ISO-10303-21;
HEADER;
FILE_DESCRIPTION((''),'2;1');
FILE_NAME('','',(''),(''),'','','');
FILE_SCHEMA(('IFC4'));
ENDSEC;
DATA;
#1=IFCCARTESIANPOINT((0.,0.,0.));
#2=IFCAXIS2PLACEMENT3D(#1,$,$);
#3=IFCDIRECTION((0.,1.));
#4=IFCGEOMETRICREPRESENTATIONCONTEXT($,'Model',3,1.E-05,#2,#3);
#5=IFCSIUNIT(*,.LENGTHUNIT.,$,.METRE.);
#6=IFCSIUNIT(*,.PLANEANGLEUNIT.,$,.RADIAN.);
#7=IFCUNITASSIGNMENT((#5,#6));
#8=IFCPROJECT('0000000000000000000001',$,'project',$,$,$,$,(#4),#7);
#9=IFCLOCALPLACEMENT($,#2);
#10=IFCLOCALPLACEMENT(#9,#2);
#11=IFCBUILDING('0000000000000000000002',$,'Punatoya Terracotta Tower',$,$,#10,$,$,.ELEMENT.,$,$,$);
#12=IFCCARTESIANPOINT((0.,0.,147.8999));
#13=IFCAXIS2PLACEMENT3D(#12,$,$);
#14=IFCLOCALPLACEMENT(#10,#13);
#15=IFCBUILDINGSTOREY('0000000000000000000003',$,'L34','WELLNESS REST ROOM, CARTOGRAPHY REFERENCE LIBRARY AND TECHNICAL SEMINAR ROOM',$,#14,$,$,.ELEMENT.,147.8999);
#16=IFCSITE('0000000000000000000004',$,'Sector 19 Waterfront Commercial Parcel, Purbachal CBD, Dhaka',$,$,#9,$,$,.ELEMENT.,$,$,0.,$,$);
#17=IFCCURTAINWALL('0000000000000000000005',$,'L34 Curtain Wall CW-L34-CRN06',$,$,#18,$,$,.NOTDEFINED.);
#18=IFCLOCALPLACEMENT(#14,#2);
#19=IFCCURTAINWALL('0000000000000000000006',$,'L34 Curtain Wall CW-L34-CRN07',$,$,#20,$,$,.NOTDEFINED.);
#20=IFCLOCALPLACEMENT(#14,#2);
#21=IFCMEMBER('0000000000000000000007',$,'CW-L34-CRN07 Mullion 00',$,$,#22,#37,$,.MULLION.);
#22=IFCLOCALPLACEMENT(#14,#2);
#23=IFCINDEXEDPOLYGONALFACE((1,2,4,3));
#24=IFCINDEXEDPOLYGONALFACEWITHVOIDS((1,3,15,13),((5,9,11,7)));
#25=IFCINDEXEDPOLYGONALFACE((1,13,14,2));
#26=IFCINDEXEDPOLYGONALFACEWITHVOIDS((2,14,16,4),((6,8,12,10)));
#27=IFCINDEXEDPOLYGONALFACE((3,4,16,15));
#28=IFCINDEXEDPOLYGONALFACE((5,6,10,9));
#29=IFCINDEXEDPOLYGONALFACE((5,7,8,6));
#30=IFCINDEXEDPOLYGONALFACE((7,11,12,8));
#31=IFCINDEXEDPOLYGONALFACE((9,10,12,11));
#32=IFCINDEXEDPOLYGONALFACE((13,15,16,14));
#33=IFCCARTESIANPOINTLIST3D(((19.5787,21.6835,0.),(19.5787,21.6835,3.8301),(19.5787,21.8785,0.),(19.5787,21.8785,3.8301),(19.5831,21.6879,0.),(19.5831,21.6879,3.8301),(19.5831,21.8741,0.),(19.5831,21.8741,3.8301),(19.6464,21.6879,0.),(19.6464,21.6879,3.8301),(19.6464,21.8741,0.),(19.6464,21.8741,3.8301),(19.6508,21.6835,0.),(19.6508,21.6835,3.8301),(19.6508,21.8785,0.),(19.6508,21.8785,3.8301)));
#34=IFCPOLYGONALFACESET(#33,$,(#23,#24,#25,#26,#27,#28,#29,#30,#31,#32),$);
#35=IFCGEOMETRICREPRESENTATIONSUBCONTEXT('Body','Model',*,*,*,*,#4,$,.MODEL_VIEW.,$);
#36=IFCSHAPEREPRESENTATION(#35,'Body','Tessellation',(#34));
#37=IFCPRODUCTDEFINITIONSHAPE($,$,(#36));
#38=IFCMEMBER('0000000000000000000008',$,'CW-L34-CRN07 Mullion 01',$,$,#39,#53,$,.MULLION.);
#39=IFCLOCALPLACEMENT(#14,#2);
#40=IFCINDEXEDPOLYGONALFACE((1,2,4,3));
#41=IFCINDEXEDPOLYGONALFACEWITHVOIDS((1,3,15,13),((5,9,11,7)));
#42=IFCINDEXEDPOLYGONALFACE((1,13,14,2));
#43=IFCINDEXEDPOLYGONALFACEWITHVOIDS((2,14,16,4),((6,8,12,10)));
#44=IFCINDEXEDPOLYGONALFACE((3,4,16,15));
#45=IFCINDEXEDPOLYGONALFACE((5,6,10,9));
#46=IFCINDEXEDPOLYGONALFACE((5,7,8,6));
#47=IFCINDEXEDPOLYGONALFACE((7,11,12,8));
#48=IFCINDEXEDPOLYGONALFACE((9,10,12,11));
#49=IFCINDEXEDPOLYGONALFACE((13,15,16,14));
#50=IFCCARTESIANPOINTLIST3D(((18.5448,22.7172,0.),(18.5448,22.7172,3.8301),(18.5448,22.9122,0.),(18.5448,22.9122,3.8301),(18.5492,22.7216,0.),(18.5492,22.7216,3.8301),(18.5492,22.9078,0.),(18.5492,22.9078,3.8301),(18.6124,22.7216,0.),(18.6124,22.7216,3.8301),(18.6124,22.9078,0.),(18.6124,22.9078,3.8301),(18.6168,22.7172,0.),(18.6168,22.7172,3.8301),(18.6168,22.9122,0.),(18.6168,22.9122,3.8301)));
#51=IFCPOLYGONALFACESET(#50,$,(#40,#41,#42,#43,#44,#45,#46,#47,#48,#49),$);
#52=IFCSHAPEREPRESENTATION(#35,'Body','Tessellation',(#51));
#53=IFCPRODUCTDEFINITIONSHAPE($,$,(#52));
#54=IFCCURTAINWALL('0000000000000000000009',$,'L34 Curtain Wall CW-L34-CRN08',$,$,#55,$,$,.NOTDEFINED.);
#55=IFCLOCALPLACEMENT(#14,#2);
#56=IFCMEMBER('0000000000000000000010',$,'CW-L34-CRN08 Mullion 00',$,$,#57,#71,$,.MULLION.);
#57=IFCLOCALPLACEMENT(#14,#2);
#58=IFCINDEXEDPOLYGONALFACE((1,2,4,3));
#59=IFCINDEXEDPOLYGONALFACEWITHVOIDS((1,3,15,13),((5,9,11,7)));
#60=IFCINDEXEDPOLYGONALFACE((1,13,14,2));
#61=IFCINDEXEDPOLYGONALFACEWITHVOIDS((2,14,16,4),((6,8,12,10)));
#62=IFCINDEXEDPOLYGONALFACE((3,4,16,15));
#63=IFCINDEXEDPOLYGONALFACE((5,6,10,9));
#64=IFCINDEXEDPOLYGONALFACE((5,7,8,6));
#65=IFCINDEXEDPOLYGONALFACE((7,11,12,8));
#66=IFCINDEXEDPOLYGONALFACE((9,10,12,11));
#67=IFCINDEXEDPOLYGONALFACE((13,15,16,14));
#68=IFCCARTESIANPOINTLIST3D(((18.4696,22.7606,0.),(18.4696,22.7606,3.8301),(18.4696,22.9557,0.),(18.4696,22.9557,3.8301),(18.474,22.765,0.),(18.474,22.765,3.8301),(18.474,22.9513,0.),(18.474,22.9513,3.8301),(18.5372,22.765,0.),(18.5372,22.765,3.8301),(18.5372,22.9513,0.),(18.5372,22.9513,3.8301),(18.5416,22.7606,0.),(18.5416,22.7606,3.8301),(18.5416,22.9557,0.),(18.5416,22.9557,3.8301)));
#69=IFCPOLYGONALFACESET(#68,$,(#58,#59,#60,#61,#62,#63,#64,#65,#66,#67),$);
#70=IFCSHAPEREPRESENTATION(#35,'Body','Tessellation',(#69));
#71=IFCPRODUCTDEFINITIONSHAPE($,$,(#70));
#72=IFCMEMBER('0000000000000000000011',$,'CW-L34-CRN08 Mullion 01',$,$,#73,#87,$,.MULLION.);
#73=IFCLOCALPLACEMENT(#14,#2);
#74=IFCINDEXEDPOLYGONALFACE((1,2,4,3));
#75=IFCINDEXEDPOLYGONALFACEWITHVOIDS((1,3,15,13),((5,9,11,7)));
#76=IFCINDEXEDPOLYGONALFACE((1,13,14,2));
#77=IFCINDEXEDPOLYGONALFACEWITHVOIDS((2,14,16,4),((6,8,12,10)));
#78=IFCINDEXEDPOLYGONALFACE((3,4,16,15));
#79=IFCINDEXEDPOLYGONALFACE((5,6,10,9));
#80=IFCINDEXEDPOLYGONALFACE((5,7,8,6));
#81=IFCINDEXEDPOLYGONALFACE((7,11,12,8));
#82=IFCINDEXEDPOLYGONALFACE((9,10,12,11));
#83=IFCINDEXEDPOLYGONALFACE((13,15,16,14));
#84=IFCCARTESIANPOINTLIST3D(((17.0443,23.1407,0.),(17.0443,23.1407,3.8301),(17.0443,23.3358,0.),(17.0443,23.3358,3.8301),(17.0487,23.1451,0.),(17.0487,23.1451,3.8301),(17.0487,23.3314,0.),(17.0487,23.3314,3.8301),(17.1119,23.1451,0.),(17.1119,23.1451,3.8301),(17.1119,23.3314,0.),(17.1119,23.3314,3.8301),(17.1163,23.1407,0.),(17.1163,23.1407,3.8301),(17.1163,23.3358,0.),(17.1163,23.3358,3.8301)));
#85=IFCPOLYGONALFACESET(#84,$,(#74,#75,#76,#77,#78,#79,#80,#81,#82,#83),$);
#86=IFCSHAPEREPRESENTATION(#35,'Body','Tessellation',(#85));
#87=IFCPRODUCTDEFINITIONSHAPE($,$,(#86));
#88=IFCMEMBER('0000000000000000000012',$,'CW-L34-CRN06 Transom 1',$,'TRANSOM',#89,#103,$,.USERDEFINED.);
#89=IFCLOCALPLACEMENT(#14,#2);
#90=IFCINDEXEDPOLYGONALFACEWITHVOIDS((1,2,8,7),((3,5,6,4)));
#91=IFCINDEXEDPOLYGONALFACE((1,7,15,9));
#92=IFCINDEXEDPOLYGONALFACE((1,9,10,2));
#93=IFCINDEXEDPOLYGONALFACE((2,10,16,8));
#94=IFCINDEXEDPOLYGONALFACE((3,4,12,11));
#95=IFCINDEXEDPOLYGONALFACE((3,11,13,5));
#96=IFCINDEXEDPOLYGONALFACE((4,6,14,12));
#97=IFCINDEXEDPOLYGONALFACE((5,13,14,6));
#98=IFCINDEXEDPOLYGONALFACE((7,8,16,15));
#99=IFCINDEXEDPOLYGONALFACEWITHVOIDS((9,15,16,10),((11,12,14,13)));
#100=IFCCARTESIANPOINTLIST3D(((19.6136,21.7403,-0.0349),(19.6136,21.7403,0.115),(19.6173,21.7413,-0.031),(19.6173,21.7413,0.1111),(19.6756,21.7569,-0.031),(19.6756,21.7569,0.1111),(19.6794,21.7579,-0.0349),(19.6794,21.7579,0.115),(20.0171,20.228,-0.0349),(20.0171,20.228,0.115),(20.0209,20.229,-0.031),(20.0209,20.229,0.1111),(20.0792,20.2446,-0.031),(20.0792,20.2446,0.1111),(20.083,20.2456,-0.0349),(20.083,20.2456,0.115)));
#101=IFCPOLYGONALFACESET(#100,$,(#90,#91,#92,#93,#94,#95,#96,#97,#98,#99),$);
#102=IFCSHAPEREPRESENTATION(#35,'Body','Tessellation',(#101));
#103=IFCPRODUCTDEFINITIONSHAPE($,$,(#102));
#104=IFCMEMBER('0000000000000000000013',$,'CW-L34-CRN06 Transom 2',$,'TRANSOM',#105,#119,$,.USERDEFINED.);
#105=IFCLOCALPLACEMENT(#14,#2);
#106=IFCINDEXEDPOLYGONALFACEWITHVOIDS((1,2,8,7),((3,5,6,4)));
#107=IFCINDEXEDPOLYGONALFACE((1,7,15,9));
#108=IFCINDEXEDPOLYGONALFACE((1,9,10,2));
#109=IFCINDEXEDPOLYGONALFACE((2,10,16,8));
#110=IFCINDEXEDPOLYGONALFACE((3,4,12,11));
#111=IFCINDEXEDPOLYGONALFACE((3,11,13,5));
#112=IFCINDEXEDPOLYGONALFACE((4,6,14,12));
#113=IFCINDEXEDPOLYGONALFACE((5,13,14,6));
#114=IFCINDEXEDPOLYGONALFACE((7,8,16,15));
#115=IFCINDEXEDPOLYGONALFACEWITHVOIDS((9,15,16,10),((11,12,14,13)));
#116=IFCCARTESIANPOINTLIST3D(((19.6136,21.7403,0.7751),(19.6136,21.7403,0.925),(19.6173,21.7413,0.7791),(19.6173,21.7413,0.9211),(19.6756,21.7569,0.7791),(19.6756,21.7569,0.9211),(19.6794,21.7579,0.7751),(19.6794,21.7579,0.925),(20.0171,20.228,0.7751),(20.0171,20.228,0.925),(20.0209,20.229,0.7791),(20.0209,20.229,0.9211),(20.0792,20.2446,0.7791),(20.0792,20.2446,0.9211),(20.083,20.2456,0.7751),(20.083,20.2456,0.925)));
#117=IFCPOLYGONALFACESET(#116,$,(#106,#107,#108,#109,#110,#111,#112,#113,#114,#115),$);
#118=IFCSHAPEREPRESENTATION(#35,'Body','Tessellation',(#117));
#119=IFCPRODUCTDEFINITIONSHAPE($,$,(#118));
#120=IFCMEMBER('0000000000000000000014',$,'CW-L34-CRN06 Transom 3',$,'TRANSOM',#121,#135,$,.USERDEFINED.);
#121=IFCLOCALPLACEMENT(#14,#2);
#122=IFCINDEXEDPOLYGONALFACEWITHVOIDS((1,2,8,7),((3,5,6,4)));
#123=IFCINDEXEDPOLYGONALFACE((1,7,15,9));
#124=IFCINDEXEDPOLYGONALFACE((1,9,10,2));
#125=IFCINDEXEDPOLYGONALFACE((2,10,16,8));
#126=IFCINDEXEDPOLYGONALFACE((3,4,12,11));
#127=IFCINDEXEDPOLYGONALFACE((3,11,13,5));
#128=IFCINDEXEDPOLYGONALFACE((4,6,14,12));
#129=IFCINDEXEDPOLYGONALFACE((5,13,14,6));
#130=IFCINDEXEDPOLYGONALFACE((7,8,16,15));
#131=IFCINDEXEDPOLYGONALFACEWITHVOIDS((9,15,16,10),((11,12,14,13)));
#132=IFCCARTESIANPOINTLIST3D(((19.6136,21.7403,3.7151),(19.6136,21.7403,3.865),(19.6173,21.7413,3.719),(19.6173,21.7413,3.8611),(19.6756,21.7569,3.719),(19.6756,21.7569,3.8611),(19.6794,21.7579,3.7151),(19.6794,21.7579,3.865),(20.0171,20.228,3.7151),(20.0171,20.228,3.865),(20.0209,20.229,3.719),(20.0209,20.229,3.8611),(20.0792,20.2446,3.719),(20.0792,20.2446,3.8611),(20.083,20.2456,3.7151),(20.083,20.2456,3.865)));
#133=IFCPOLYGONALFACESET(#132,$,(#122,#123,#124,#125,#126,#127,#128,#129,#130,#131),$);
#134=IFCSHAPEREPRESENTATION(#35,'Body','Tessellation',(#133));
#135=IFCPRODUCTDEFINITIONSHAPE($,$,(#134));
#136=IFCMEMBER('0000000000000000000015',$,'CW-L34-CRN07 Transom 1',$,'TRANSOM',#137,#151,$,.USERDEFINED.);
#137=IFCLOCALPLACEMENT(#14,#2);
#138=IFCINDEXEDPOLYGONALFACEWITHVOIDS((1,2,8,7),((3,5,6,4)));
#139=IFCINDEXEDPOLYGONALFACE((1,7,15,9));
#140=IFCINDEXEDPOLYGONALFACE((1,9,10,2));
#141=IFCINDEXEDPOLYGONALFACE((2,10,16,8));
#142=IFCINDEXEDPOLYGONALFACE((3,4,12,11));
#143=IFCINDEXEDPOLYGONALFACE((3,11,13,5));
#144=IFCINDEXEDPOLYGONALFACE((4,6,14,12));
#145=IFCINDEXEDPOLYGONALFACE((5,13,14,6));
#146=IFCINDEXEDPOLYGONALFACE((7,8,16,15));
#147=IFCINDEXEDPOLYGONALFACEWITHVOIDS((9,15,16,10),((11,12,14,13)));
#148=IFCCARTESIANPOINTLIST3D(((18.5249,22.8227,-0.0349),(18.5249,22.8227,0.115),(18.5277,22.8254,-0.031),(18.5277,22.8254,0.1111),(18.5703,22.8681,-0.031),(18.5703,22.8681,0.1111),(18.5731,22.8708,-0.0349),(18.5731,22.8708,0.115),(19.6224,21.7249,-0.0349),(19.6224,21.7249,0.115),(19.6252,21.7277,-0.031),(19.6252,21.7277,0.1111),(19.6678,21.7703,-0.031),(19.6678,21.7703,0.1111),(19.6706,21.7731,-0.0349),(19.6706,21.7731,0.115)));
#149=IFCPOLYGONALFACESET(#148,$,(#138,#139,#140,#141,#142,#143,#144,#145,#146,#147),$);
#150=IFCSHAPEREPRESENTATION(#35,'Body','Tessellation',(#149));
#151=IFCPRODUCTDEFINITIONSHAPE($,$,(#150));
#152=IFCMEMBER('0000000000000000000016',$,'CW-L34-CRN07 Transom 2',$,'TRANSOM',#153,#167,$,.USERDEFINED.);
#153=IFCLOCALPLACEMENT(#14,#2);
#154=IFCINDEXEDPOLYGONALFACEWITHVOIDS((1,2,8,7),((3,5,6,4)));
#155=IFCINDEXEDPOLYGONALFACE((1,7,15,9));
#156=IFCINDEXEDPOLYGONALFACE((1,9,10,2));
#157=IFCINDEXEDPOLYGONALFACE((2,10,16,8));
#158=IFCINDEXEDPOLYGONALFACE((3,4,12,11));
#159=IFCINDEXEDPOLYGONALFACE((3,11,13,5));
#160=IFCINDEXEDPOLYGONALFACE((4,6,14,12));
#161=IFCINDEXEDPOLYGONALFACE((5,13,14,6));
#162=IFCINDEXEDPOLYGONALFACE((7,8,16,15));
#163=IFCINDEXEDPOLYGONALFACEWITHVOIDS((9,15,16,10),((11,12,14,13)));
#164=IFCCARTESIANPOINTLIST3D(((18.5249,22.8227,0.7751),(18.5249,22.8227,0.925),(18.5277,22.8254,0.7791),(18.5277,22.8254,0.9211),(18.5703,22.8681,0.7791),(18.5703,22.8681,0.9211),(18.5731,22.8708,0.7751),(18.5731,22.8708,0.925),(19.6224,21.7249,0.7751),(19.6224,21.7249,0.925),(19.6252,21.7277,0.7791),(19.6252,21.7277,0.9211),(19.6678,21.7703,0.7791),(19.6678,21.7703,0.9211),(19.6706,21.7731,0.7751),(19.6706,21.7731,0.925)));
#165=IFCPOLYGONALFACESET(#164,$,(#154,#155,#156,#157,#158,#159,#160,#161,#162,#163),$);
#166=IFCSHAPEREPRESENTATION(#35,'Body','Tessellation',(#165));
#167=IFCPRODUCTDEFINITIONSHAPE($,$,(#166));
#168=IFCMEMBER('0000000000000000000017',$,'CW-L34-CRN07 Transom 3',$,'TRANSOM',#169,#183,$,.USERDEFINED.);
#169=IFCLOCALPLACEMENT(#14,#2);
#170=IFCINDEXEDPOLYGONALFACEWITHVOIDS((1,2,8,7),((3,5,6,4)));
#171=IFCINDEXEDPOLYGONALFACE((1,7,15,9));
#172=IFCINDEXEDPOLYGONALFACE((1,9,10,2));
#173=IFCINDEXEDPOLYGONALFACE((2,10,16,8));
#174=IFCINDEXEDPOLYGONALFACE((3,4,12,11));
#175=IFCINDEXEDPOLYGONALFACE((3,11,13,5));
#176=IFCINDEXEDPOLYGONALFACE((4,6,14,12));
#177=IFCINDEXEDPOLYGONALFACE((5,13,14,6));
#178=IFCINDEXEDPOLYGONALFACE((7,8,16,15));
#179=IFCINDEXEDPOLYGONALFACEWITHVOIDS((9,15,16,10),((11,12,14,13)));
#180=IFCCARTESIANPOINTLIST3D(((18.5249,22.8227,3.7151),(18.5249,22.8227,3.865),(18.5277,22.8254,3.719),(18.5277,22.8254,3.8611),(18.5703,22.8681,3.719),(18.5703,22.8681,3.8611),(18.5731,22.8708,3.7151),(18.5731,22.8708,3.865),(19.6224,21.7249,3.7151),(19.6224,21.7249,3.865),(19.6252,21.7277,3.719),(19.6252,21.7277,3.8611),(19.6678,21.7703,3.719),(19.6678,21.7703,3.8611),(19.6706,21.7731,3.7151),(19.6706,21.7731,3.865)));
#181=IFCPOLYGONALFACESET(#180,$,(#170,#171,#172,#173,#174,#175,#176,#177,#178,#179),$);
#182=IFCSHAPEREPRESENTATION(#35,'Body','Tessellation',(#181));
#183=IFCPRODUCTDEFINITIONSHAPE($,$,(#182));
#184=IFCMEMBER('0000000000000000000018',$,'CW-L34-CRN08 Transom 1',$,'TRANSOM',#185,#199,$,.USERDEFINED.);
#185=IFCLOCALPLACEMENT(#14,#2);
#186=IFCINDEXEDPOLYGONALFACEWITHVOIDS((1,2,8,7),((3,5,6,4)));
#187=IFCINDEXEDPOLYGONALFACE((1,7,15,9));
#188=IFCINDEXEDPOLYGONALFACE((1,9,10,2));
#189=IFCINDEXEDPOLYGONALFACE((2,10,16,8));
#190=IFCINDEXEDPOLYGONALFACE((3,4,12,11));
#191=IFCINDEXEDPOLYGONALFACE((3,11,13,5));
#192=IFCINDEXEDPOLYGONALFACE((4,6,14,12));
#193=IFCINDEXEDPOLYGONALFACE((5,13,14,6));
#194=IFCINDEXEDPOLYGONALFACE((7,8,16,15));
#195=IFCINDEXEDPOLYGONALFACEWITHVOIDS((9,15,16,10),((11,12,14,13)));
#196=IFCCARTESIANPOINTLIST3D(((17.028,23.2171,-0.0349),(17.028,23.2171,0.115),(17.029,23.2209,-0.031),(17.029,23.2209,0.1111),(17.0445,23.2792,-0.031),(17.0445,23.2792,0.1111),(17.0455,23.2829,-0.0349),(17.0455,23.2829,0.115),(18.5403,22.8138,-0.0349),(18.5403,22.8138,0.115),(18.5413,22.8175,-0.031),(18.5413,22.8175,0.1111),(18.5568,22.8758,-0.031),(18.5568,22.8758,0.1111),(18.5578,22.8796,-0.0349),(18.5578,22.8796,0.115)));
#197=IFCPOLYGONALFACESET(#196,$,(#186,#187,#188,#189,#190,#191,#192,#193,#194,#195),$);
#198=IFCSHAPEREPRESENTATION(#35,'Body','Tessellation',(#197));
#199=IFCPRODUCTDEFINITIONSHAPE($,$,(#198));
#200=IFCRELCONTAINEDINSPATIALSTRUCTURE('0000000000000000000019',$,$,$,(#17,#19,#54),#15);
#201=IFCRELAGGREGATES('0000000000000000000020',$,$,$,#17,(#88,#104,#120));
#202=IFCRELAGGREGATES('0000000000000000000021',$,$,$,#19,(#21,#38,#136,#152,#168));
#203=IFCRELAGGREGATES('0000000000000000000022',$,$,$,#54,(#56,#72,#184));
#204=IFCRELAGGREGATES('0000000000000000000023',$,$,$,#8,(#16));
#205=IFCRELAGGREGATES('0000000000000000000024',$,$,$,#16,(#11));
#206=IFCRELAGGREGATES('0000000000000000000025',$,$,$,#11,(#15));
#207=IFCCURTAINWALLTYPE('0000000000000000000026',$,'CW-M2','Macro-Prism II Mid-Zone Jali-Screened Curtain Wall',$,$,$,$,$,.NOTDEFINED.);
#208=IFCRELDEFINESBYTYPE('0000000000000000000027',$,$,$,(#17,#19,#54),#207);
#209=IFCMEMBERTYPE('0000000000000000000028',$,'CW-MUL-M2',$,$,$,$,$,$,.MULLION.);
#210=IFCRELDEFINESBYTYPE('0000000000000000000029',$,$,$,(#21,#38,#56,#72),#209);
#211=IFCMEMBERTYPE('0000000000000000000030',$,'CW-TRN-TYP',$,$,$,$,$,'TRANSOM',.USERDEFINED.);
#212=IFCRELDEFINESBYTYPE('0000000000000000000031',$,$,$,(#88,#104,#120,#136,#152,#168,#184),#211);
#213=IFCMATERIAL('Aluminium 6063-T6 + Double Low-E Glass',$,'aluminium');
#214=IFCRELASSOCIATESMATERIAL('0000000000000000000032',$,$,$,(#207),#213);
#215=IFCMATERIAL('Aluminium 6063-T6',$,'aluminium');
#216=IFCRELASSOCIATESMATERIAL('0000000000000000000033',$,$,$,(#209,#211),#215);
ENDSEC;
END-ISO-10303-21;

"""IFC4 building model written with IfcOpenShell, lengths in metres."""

from ifc_helpers import new_model, si_unit, direction, frame, origin, origin_2d, place, context, subcontext, project, spatial, hollow_rectangle, extrude, material, material_profile, profile_set, type_object, element, aggregate, save


model = new_model("IFC4")

# Units and contexts
model_context = context("Model", 3, precision=1e-05, world=origin(), true_north=direction((0.0, 1.0)))
body_context = subcontext(model_context, "Body", "Model", "MODEL_VIEW")
ifc_project = project(units=[si_unit("LENGTHUNIT", "METRE"), si_unit("PLANEANGLEUNIT", "RADIAN")], contexts=[model_context])

# Site, building, storey
site_placement = place(None, origin())
site = spatial("IfcSite", under=ifc_project, at=site_placement, Name="Sector 19 Waterfront Commercial Parcel, Purbachal CBD, Dhaka", CompositionType="ELEMENT", RefElevation=0.0)
building_placement = place(site_placement, origin())
building = spatial("IfcBuilding", under=site, at=building_placement, Name="Punatoya Terracotta Tower", CompositionType="ELEMENT")
storey_placement = place(building_placement, frame((0.0, 0.0, 147.8999)))
storey = spatial("IfcBuildingStorey", under=building, at=storey_placement, Name="L34", Description="WELLNESS REST ROOM, CARTOGRAPHY REFERENCE LIBRARY AND TECHNICAL SEMINAR ROOM", CompositionType="ELEMENT", Elevation=147.8999)

# Curtain walls, members
ifc_material_1 = material(Name="Aluminium 6063-T6 + Double Low-E Glass", Category="aluminium")
curtain_wall_type = type_object("IfcCurtainWallType", Name="CW-M2", Description="Macro-Prism II Mid-Zone Jali-Screened Curtain Wall", PredefinedType="NOTDEFINED", material=ifc_material_1)
ifc_material_2 = material(Name="Aluminium 6063-T6", Category="aluminium")
ifc_material_profile_1 = material_profile(ifc_material_2, hollow_rectangle(XDim=0.072, YDim=0.1951, WallThickness=0.0044, at=origin_2d()))
ifc_profile_set_1 = profile_set([ifc_material_profile_1], Name="Aluminium 6063-T6")
member_type_1 = type_object("IfcMemberType", Name="CW-MUL-M2", PredefinedType="MULLION", material=ifc_profile_set_1)
curtain_wall_1_placement = place(storey_placement, origin())
curtain_wall_1 = element("IfcCurtainWall", 1, at=curtain_wall_1_placement, inside=storey, type_object=curtain_wall_type, Name="L34 Curtain Wall CW-L34-CRN06", PredefinedType="NOTDEFINED")
curtain_wall_2_placement = place(storey_placement, origin())
curtain_wall_2 = element("IfcCurtainWall", 2, at=curtain_wall_2_placement, inside=storey, type_object=curtain_wall_type, Name="L34 Curtain Wall CW-L34-CRN07", PredefinedType="NOTDEFINED")
member_1_placement = place(storey_placement, frame((19.6147, 21.781, 0.0), z_axis=(0.0, 0.0, 1.0), x_axis=(1.0, 0.0, 0.0)))
member_1 = element("IfcMember", 3, at=member_1_placement, type_object=member_type_1, Name="CW-L34-CRN07 Mullion 00", PredefinedType="MULLION", context=body_context, shape_type="SweptSolid", body=[
    extrude(hollow_rectangle(XDim=0.072, YDim=0.1951, WallThickness=0.0044, at=origin_2d()), origin(), (0.0, 0.0, 1.0), 3.8301),
])
member_2_placement = place(storey_placement, frame((18.5808, 22.8147, 0.0), z_axis=(0.0, 0.0, 1.0), x_axis=(1.0, 0.0, 0.0)))
member_2 = element("IfcMember", 4, at=member_2_placement, type_object=member_type_1, Name="CW-L34-CRN07 Mullion 01", PredefinedType="MULLION", context=body_context, shape_type="SweptSolid", body=[
    extrude(hollow_rectangle(XDim=0.072, YDim=0.1951, WallThickness=0.0044, at=origin_2d()), origin(), (0.0, 0.0, 1.0), 3.8301),
])
curtain_wall_3_placement = place(storey_placement, origin())
curtain_wall_3 = element("IfcCurtainWall", 5, at=curtain_wall_3_placement, inside=storey, type_object=curtain_wall_type, Name="L34 Curtain Wall CW-L34-CRN08", PredefinedType="NOTDEFINED")
member_3_placement = place(storey_placement, frame((18.5056, 22.8582, 0.0), z_axis=(0.0, 0.0, 1.0), x_axis=(1.0, 0.0, 0.0)))
member_3 = element("IfcMember", 6, at=member_3_placement, type_object=member_type_1, Name="CW-L34-CRN08 Mullion 00", PredefinedType="MULLION", context=body_context, shape_type="SweptSolid", body=[
    extrude(hollow_rectangle(XDim=0.072, YDim=0.1951, WallThickness=0.0044, at=origin_2d()), origin(), (0.0, 0.0, 1.0), 3.8301),
])
member_4_placement = place(storey_placement, frame((17.0803, 23.2383, 0.0), z_axis=(0.0, 0.0, 1.0), x_axis=(1.0, 0.0, 0.0)))
member_4 = element("IfcMember", 7, at=member_4_placement, type_object=member_type_1, Name="CW-L34-CRN08 Mullion 01", PredefinedType="MULLION", context=body_context, shape_type="SweptSolid", body=[
    extrude(hollow_rectangle(XDim=0.072, YDim=0.1951, WallThickness=0.0044, at=origin_2d()), origin(), (0.0, 0.0, 1.0), 3.8301),
])

# Members
ifc_material_profile_2 = material_profile(ifc_material_2, hollow_rectangle(XDim=0.0681, YDim=0.1499, WallThickness=0.0039, at=origin_2d()))
ifc_profile_set_2 = profile_set([ifc_material_profile_2], Name="Aluminium 6063-T6")
member_type_2 = type_object("IfcMemberType", Name="CW-TRN-TYP", ElementType="TRANSOM", PredefinedType="USERDEFINED", material=ifc_profile_set_2)
member_5_placement = place(storey_placement, frame((20.05, 20.2368, 0.04), z_axis=(-0.257847, 0.966186, 0.0), x_axis=(-0.966186, -0.257847, 0.0)))
member_5 = element("IfcMember", 8, at=member_5_placement, type_object=member_type_2, Name="CW-L34-CRN06 Transom 1", ObjectType="TRANSOM", PredefinedType="USERDEFINED", context=body_context, shape_type="SweptSolid", body=[
    extrude(hollow_rectangle(XDim=0.0681, YDim=0.1499, WallThickness=0.0039, at=origin_2d()), origin(), (0.0, 0.0, 1.0), 1.5652),
])
member_6_placement = place(storey_placement, frame((20.05, 20.2368, 0.8501), z_axis=(-0.257847, 0.966186, 0.0), x_axis=(-0.966186, -0.257847, 0.0)))
member_6 = element("IfcMember", 9, at=member_6_placement, type_object=member_type_2, Name="CW-L34-CRN06 Transom 2", ObjectType="TRANSOM", PredefinedType="USERDEFINED", context=body_context, shape_type="SweptSolid", body=[
    extrude(hollow_rectangle(XDim=0.0681, YDim=0.1499, WallThickness=0.0039, at=origin_2d()), origin(), (0.0, 0.0, 1.0), 1.5652),
])
member_7_placement = place(storey_placement, frame((20.05, 20.2368, 3.79), z_axis=(-0.257847, 0.966186, 0.0), x_axis=(-0.966186, -0.257847, 0.0)))
member_7 = element("IfcMember", 10, at=member_7_placement, type_object=member_type_2, Name="CW-L34-CRN06 Transom 3", ObjectType="TRANSOM", PredefinedType="USERDEFINED", context=body_context, shape_type="SweptSolid", body=[
    extrude(hollow_rectangle(XDim=0.0681, YDim=0.1499, WallThickness=0.0039, at=origin_2d()), origin(), (0.0, 0.0, 1.0), 1.5652),
])
member_8_placement = place(storey_placement, frame((19.6465, 21.749, 0.04), z_axis=(-0.707028, 0.707185, 0.0), x_axis=(-0.707185, -0.707028, 0.0)))
member_8 = element("IfcMember", 11, at=member_8_placement, type_object=member_type_2, Name="CW-L34-CRN07 Transom 1", ObjectType="TRANSOM", PredefinedType="USERDEFINED", context=body_context, shape_type="SweptSolid", body=[
    extrude(hollow_rectangle(XDim=0.0681, YDim=0.1499, WallThickness=0.0039, at=origin_2d()), origin(), (0.0, 0.0, 1.0), 1.5522),
])
member_9_placement = place(storey_placement, frame((19.6465, 21.749, 0.8501), z_axis=(-0.707028, 0.707185, 0.0), x_axis=(-0.707185, -0.707028, 0.0)))
member_9 = element("IfcMember", 12, at=member_9_placement, type_object=member_type_2, Name="CW-L34-CRN07 Transom 2", ObjectType="TRANSOM", PredefinedType="USERDEFINED", context=body_context, shape_type="SweptSolid", body=[
    extrude(hollow_rectangle(XDim=0.0681, YDim=0.1499, WallThickness=0.0039, at=origin_2d()), origin(), (0.0, 0.0, 1.0), 1.5522),
])
member_10_placement = place(storey_placement, frame((19.6465, 21.749, 3.79), z_axis=(-0.707028, 0.707185, 0.0), x_axis=(-0.707185, -0.707028, 0.0)))
member_10 = element("IfcMember", 13, at=member_10_placement, type_object=member_type_2, Name="CW-L34-CRN07 Transom 3", ObjectType="TRANSOM", PredefinedType="USERDEFINED", context=body_context, shape_type="SweptSolid", body=[
    extrude(hollow_rectangle(XDim=0.0681, YDim=0.1499, WallThickness=0.0039, at=origin_2d()), origin(), (0.0, 0.0, 1.0), 1.5522),
])
member_11_placement = place(storey_placement, frame((18.5491, 22.8467, 0.04), z_axis=(-0.966225, 0.257701, 0.0), x_axis=(-0.257701, -0.966225, 0.0)))
member_11 = element("IfcMember", 14, at=member_11_placement, type_object=member_type_2, Name="CW-L34-CRN08 Transom 1", ObjectType="TRANSOM", PredefinedType="USERDEFINED", context=body_context, shape_type="SweptSolid", body=[
    extrude(hollow_rectangle(XDim=0.0681, YDim=0.1499, WallThickness=0.0039, at=origin_2d()), origin(), (0.0, 0.0, 1.0), 1.5652),
])

aggregate(curtain_wall_1, [member_5, member_6, member_7])
aggregate(curtain_wall_2, [member_1, member_2, member_8, member_9, member_10])
aggregate(curtain_wall_3, [member_3, member_4, member_11])

save(model, "model.ifc")
